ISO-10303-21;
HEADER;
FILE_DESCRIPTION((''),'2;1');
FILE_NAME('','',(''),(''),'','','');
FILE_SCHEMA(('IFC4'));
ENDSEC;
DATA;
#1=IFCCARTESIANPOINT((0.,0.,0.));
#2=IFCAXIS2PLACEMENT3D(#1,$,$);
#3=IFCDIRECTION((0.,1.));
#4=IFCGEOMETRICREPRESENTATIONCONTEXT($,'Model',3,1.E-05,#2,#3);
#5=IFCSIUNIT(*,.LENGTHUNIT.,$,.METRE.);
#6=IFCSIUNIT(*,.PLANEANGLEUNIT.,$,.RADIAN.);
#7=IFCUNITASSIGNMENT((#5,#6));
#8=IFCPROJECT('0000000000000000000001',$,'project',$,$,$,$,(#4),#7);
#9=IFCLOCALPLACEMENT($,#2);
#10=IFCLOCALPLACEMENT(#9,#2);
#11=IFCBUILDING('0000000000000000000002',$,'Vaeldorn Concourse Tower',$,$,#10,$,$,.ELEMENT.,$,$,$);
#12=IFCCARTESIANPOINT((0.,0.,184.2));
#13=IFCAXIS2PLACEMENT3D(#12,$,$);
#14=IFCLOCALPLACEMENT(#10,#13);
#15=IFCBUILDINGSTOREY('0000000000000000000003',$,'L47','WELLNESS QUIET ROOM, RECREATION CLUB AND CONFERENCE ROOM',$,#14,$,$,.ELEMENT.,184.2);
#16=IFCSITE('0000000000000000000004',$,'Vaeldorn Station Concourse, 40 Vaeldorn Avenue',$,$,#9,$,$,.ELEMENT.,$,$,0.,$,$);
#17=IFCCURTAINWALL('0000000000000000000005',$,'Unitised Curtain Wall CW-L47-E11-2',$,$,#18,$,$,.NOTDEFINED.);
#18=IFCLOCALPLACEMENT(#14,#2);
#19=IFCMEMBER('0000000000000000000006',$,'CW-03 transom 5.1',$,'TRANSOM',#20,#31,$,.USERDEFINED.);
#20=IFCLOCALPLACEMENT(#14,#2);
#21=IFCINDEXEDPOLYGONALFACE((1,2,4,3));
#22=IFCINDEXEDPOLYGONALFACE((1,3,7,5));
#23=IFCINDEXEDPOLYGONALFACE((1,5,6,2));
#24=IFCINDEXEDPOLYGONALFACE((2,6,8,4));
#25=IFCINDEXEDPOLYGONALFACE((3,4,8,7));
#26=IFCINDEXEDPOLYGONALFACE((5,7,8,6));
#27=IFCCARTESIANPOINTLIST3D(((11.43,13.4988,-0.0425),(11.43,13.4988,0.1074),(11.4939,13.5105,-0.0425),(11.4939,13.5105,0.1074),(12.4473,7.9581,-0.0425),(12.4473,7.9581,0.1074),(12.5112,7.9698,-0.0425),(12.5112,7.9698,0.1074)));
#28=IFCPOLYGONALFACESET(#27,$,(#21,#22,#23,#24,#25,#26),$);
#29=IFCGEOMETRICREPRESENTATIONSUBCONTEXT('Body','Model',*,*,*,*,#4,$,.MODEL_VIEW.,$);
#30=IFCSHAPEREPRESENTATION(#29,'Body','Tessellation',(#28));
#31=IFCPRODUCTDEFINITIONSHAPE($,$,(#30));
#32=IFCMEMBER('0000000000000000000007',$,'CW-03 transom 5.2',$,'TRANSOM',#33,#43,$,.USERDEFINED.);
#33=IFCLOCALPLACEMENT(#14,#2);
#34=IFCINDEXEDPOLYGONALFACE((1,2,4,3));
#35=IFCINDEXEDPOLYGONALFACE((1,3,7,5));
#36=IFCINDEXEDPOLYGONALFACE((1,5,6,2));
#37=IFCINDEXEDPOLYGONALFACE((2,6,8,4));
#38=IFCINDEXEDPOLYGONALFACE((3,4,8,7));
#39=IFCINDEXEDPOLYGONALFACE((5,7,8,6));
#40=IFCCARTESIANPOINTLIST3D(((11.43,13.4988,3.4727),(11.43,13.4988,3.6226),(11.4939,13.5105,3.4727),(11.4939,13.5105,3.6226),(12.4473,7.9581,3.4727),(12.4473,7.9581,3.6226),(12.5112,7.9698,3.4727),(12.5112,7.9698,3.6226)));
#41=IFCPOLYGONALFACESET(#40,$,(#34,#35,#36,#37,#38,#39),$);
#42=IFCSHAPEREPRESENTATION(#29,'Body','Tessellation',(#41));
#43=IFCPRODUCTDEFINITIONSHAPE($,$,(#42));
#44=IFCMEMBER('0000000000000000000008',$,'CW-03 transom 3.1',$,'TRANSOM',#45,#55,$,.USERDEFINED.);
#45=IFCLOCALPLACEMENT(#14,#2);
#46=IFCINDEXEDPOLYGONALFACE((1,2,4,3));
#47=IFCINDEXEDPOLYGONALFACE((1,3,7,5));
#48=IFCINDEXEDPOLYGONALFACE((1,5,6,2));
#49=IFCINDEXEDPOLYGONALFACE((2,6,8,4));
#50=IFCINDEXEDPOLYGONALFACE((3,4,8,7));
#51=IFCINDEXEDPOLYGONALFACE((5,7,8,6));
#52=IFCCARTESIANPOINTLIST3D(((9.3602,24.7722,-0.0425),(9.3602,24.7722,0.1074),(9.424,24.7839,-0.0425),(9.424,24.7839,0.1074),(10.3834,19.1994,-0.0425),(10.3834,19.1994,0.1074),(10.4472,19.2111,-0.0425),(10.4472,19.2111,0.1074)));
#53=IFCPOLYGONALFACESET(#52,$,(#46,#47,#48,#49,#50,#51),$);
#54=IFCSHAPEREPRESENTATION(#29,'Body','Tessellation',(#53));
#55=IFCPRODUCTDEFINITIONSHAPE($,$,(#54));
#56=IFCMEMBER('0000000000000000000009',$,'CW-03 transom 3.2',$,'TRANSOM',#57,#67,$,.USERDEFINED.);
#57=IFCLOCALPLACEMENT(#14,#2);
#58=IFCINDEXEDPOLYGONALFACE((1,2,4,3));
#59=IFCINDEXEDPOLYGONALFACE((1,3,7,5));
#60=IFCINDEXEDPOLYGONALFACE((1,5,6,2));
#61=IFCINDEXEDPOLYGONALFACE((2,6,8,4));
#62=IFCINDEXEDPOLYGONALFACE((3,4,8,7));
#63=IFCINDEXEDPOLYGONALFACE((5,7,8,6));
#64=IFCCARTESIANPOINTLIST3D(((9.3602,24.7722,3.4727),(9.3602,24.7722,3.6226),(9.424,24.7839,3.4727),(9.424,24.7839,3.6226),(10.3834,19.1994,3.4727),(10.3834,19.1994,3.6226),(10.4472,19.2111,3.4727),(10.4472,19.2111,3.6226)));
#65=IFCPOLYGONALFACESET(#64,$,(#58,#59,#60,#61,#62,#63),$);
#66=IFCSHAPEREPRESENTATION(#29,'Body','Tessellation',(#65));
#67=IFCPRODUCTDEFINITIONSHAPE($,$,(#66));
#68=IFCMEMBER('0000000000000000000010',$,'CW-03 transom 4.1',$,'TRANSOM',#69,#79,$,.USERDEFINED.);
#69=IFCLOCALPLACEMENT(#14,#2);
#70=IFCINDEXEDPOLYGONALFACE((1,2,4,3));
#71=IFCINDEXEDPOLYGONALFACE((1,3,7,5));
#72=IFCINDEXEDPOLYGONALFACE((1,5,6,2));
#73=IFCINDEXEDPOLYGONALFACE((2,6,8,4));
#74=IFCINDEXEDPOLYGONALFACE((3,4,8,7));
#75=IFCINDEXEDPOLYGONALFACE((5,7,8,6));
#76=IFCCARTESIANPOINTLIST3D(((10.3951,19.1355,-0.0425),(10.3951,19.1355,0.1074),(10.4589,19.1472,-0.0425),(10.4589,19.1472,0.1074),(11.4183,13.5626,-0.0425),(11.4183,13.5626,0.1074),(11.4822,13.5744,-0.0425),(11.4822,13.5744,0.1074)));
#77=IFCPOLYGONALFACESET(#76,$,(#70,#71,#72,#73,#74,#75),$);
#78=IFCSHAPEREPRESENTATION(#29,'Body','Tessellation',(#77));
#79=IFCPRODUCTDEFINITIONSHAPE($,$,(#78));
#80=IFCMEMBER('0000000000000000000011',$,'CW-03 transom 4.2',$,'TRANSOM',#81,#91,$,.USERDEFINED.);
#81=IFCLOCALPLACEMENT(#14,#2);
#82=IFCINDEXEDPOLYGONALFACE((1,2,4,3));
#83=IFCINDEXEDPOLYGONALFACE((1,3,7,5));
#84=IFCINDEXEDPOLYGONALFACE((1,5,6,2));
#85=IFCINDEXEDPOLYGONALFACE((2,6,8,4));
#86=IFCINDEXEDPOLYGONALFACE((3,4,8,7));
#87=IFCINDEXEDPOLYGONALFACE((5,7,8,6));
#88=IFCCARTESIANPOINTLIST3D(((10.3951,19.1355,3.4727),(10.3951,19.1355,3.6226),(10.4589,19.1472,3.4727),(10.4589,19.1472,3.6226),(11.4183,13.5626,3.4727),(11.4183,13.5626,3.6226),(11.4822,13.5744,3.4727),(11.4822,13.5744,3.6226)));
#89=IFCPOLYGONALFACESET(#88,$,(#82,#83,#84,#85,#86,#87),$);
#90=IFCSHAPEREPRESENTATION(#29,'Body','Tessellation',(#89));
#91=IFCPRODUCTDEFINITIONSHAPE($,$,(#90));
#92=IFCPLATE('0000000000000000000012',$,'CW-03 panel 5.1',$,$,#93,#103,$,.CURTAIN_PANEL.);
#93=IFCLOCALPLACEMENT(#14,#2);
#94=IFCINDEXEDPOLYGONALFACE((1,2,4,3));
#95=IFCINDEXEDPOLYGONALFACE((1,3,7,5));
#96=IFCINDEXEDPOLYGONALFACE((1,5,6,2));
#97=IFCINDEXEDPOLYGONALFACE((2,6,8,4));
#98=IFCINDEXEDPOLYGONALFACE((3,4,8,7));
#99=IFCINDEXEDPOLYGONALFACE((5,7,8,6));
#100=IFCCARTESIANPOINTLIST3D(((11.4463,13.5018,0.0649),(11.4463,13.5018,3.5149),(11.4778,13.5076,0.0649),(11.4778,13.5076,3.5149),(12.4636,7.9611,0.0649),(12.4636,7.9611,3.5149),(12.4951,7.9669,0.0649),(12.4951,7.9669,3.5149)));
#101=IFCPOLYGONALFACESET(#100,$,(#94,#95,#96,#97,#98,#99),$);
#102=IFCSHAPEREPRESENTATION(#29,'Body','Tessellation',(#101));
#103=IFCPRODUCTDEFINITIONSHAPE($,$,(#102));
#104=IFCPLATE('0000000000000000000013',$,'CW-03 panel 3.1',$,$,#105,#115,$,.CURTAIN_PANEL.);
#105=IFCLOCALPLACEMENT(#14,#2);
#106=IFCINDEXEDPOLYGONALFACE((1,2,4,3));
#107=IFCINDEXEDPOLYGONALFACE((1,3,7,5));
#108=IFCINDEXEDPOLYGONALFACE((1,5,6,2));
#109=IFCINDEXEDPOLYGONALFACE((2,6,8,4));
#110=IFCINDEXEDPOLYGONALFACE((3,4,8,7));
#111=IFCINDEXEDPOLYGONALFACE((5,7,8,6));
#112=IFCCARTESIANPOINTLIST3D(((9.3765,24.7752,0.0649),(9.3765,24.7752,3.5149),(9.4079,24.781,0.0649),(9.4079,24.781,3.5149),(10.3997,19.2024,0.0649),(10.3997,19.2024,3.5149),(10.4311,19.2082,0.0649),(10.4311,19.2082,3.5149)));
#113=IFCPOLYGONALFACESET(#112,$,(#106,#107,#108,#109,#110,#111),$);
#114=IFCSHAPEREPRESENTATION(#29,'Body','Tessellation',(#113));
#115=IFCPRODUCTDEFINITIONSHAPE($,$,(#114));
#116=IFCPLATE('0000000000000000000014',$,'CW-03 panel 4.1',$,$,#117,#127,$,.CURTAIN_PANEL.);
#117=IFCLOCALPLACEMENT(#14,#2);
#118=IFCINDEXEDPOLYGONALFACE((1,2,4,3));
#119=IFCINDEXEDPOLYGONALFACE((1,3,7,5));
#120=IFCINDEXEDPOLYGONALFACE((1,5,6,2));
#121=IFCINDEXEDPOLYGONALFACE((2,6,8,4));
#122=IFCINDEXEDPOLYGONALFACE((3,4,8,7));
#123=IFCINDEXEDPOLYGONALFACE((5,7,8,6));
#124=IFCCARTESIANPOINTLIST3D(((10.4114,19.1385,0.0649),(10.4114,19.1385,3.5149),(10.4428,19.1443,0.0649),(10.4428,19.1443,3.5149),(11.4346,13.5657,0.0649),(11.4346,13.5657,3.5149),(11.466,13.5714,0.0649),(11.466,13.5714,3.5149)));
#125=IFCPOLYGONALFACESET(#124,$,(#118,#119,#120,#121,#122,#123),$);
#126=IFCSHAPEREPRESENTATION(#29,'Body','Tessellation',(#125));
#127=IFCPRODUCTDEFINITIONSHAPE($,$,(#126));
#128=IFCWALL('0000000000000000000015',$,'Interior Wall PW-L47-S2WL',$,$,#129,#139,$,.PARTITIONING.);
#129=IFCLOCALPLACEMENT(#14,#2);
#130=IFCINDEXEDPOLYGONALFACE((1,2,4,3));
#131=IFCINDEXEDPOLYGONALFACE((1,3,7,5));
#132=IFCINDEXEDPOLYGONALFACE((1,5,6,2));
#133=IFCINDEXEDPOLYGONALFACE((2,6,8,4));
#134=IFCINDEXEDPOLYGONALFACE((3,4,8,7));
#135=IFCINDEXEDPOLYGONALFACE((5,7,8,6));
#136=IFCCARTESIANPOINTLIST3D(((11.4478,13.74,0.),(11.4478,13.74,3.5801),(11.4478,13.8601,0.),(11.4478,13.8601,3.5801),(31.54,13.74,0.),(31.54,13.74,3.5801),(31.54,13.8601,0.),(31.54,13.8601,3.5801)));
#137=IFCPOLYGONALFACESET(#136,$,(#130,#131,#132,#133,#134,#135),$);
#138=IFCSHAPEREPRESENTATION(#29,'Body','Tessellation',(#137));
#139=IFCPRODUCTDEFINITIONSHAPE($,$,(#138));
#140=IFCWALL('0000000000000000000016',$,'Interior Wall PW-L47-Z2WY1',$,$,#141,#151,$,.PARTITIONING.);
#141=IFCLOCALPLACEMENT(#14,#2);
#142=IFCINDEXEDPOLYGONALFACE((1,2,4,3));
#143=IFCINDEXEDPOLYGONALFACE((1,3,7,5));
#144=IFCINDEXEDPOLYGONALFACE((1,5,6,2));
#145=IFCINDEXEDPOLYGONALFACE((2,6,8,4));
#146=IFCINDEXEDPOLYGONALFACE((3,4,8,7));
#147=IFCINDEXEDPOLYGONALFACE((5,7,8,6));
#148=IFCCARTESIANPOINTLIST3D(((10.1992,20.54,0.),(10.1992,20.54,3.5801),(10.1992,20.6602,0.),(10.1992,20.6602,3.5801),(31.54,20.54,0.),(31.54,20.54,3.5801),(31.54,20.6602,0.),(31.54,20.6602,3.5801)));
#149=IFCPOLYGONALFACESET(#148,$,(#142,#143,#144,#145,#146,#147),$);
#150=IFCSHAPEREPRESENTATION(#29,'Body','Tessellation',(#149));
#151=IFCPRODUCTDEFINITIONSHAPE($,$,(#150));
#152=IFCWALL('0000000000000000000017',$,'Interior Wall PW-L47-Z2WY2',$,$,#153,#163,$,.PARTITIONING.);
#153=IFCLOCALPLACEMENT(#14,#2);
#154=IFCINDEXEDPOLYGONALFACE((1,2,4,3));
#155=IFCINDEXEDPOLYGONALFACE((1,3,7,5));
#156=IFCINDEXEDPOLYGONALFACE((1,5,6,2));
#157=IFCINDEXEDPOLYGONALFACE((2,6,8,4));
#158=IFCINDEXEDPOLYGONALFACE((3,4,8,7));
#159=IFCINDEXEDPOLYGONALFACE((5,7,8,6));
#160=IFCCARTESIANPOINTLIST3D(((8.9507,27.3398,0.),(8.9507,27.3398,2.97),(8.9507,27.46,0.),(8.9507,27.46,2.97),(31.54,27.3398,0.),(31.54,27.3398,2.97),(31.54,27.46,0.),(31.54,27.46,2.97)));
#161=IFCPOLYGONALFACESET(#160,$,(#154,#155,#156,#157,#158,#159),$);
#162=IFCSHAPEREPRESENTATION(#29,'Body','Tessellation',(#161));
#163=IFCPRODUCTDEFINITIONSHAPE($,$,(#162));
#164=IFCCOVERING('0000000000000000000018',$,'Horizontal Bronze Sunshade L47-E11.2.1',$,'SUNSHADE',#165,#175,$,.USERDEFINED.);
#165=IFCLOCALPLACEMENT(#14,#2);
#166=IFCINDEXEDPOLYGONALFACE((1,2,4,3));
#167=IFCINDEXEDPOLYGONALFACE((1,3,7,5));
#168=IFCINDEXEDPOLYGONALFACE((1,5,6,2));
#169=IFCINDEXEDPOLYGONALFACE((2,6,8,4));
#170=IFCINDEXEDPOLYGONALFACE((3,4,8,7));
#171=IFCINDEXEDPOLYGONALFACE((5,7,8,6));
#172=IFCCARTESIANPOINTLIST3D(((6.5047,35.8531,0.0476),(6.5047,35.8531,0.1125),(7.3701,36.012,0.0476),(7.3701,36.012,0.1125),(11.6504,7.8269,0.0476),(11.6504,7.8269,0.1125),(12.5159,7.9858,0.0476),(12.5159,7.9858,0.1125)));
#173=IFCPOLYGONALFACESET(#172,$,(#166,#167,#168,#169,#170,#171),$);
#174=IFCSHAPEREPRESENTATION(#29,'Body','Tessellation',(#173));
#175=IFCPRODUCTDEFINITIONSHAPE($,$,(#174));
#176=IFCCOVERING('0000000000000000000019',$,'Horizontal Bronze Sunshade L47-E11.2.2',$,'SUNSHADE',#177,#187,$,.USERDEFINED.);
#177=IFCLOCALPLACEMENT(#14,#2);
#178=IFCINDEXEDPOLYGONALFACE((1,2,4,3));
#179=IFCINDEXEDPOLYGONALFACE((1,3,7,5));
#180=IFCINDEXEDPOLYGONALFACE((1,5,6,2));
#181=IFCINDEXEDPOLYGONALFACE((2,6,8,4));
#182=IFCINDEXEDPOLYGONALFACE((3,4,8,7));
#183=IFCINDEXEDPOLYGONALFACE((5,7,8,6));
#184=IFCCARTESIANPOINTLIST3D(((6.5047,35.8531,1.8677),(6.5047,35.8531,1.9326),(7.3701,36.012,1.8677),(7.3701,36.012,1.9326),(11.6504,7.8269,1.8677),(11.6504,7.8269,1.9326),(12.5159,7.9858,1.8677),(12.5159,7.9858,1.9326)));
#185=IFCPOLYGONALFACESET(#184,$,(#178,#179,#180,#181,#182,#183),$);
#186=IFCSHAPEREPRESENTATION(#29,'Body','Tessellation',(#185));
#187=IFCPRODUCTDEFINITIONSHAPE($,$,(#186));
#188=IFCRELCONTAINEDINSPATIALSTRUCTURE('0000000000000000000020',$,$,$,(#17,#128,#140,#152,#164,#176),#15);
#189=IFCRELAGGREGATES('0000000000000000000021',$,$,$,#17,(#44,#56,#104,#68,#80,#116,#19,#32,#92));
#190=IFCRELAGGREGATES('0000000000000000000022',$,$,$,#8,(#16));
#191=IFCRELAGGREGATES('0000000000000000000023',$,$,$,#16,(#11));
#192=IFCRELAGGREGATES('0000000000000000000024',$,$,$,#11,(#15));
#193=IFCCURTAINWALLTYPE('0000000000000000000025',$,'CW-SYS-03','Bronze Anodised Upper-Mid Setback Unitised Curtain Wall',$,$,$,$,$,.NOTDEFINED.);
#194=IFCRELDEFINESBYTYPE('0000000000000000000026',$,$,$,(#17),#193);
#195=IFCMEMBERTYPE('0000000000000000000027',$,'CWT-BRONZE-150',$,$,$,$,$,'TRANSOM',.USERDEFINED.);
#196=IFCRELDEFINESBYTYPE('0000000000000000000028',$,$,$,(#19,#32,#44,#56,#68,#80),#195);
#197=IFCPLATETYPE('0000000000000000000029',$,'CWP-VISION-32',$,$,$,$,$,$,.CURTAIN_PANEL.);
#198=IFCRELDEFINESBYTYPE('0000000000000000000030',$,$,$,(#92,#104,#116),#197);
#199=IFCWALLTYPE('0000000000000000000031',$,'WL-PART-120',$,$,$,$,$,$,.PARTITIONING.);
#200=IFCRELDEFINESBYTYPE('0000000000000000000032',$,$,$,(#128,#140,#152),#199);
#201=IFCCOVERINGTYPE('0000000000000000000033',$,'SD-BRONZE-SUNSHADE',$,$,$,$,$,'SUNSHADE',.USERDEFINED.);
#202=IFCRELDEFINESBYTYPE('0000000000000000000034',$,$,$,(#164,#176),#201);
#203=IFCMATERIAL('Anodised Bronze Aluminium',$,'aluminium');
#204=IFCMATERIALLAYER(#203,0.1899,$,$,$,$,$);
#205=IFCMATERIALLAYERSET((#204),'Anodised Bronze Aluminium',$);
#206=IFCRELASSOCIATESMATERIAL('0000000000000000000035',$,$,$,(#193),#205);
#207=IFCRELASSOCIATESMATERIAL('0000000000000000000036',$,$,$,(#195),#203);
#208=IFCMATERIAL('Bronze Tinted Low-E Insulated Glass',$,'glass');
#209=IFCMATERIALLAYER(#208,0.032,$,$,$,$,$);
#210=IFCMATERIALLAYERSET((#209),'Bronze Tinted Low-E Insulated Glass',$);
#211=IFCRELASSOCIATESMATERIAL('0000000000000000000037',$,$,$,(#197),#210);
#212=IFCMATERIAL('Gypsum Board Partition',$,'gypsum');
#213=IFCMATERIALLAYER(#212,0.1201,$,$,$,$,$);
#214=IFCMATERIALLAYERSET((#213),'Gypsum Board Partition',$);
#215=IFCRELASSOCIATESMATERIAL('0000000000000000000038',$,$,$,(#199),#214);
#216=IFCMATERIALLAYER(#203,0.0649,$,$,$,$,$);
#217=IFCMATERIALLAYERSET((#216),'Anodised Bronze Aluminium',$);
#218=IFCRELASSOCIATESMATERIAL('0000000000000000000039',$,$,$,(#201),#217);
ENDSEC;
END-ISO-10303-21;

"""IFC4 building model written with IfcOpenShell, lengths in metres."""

from ifc_helpers import new_model, si_unit, direction, frame, frame_2d, origin, origin_2d, place, context, subcontext, project, spatial, rectangle, extrude, source, transform, mapped, material, layer, layer_set, material_profile, profile_set, type_object, element, aggregate, save


model = new_model("IFC4")

# Units and contexts
model_context = context("Model", 3, precision=1e-05, world=origin(), true_north=direction((0.0, 1.0)))
body_context = subcontext(model_context, "Body", "Model", "MODEL_VIEW")
ifc_project = project(units=[si_unit("LENGTHUNIT", "METRE"), si_unit("PLANEANGLEUNIT", "RADIAN")], contexts=[model_context])

# Site, building, storey
site_placement = place(None, origin())
site = spatial("IfcSite", under=ifc_project, at=site_placement, Name="Vaeldorn Station Concourse, 40 Vaeldorn Avenue", CompositionType="ELEMENT", RefElevation=0.0)
building_placement = place(site_placement, origin())
building = spatial("IfcBuilding", under=site, at=building_placement, Name="Vaeldorn Concourse Tower", CompositionType="ELEMENT")
storey_placement = place(building_placement, frame((0.0, 0.0, 184.2)))
storey = spatial("IfcBuildingStorey", under=building, at=storey_placement, Name="L47", Description="WELLNESS QUIET ROOM, RECREATION CLUB AND CONFERENCE ROOM", CompositionType="ELEMENT", Elevation=184.2)

# Curtain wall, members, plates
ifc_material_1 = material(Name="Anodised Bronze Aluminium", Category="aluminium")
ifc_layer_1 = layer(ifc_material_1, 0.1899)
ifc_layer_set_1 = layer_set([ifc_layer_1], Name="Anodised Bronze Aluminium")
curtain_wall_type = type_object("IfcCurtainWallType", Name="CW-SYS-03", Description="Bronze Anodised Upper-Mid Setback Unitised Curtain Wall", PredefinedType="NOTDEFINED", material=ifc_layer_set_1)
curtain_wall_placement = place(storey_placement, origin())
curtain_wall = element("IfcCurtainWall", 1, at=curtain_wall_placement, inside=storey, type_object=curtain_wall_type, Name="Unitised Curtain Wall CW-L47-E11-2", PredefinedType="NOTDEFINED")
ifc_material_profile_1 = material_profile(ifc_material_1, rectangle(XDim=0.0649, YDim=0.1499, at=origin_2d()), Name="CWT 65x150")
ifc_profile_set_1 = profile_set([ifc_material_profile_1], Name="Anodised Bronze Aluminium")
member_type_1 = type_object("IfcMemberType", Name="CWT-BRONZE-150", ElementType="TRANSOM", PredefinedType="USERDEFINED", material=ifc_profile_set_1)
shared_shape_1 = source(origin(), body_context, "Body", "SweptSolid", [
    extrude(rectangle(XDim=0.0649, YDim=0.1499, at=origin_2d()), origin(), (0.0, 0.0, 1.0), 5.6333),
])
member_1_placement = place(storey_placement, frame((11.4619, 13.5046, 0.0325), z_axis=(0.18059, -0.983558, 0.0), x_axis=(0.983558, 0.18059, 0.0)))
member_1 = element("IfcMember", 2, at=member_1_placement, type_object=member_type_1, Name="CW-03 transom 5.1", ObjectType="TRANSOM", PredefinedType="USERDEFINED", context=body_context, shape_type="MappedRepresentation", body=[
    mapped(shared_shape_1, transform((0.0, 0.0, 0.0), scale=1.0)),
])
member_2_placement = place(storey_placement, frame((11.4619, 13.5046, 3.5476), z_axis=(0.18059, -0.983558, 0.0), x_axis=(0.983558, 0.18059, 0.0)))
member_2 = element("IfcMember", 3, at=member_2_placement, type_object=member_type_1, Name="CW-03 transom 5.2", ObjectType="TRANSOM", PredefinedType="USERDEFINED", context=body_context, shape_type="MappedRepresentation", body=[
    mapped(shared_shape_1, transform((0.0, 0.0, 0.0), scale=1.0)),
])
shared_shape_2 = source(origin(), body_context, "Body", "SweptSolid", [
    extrude(rectangle(XDim=0.0649, YDim=0.1499, at=origin_2d()), origin(), (0.0, 0.0, 1.0), 5.666),
])
member_3_placement = place(storey_placement, frame((9.3921, 24.7781, 0.0325), z_axis=(0.180588, -0.983559, 0.0), x_axis=(0.983559, 0.180588, 0.0)))
member_3 = element("IfcMember", 4, at=member_3_placement, type_object=member_type_1, Name="CW-03 transom 3.1", ObjectType="TRANSOM", PredefinedType="USERDEFINED", context=body_context, shape_type="MappedRepresentation", body=[
    mapped(shared_shape_2, transform((0.0, 0.0, 0.0), scale=1.0)),
])
member_4_placement = place(storey_placement, frame((9.3921, 24.7781, 3.5476), z_axis=(0.180588, -0.983559, 0.0), x_axis=(0.983559, 0.180588, 0.0)))
member_4 = element("IfcMember", 5, at=member_4_placement, type_object=member_type_1, Name="CW-03 transom 3.2", ObjectType="TRANSOM", PredefinedType="USERDEFINED", context=body_context, shape_type="MappedRepresentation", body=[
    mapped(shared_shape_2, transform((0.0, 0.0, 0.0), scale=1.0)),
])
member_5_placement = place(storey_placement, frame((10.427, 19.1414, 0.0325), z_axis=(0.180588, -0.983559, 0.0), x_axis=(0.983559, 0.180588, 0.0)))
member_5 = element("IfcMember", 6, at=member_5_placement, type_object=member_type_1, Name="CW-03 transom 4.1", ObjectType="TRANSOM", PredefinedType="USERDEFINED", context=body_context, shape_type="MappedRepresentation", body=[
    mapped(shared_shape_2, transform((0.0, 0.0, 0.0), scale=1.0)),
])
member_6_placement = place(storey_placement, frame((10.427, 19.1414, 3.5476), z_axis=(0.180588, -0.983559, 0.0), x_axis=(0.983559, 0.180588, 0.0)))
member_6 = element("IfcMember", 7, at=member_6_placement, type_object=member_type_1, Name="CW-03 transom 4.2", ObjectType="TRANSOM", PredefinedType="USERDEFINED", context=body_context, shape_type="MappedRepresentation", body=[
    mapped(shared_shape_2, transform((0.0, 0.0, 0.0), scale=1.0)),
])
ifc_material_2 = material(Name="Bronze Tinted Low-E Insulated Glass", Category="glass")
ifc_layer_2 = layer(ifc_material_2, 0.032)
ifc_layer_set_2 = layer_set([ifc_layer_2], Name="Bronze Tinted Low-E Insulated Glass")
plate_type = type_object("IfcPlateType", Name="CWP-VISION-32", PredefinedType="CURTAIN_PANEL", material=ifc_layer_set_2)
shared_shape_3 = source(origin(), body_context, "Body", "SweptSolid", [
    extrude(rectangle(XDim=5.6333, YDim=0.032, at=origin_2d()), origin(), (0.0, 0.0, 1.0), 3.45),
])
plate_1_placement = place(storey_placement, frame((11.9707, 10.7344, 0.0649), z_axis=(0.0, 0.0, 1.0), x_axis=(0.180585, -0.983559, 0.0)))
plate_1 = element("IfcPlate", 8, at=plate_1_placement, type_object=plate_type, Name="CW-03 panel 5.1", PredefinedType="CURTAIN_PANEL", context=body_context, shape_type="MappedRepresentation", body=[
    mapped(shared_shape_3, transform((0.0, 0.0, 0.0), scale=1.0)),
])
shared_shape_4 = source(origin(), body_context, "Body", "SweptSolid", [
    extrude(rectangle(XDim=5.666, YDim=0.032, at=origin_2d()), origin(), (0.0, 0.0, 1.0), 3.45),
])
plate_2_placement = place(storey_placement, frame((9.9038, 21.9917, 0.0649), z_axis=(0.0, 0.0, 1.0), x_axis=(0.180585, -0.983559, 0.0)))
plate_2 = element("IfcPlate", 9, at=plate_2_placement, type_object=plate_type, Name="CW-03 panel 3.1", PredefinedType="CURTAIN_PANEL", context=body_context, shape_type="MappedRepresentation", body=[
    mapped(shared_shape_4, transform((0.0, 0.0, 0.0), scale=1.0)),
])
plate_3_placement = place(storey_placement, frame((10.9387, 16.355, 0.0649), z_axis=(0.0, 0.0, 1.0), x_axis=(0.180585, -0.983559, 0.0)))
plate_3 = element("IfcPlate", 10, at=plate_3_placement, type_object=plate_type, Name="CW-03 panel 4.1", PredefinedType="CURTAIN_PANEL", context=body_context, shape_type="MappedRepresentation", body=[
    mapped(shared_shape_4, transform((0.0, 0.0, 0.0), scale=1.0)),
])
aggregate(curtain_wall, [member_3, member_4, plate_2, member_5, member_6, plate_3, member_1, member_2, plate_1])

# Walls
ifc_material_3 = material(Name="Gypsum Board Partition", Category="gypsum")
ifc_layer_3 = layer(ifc_material_3, 0.1201)
ifc_layer_set_3 = layer_set([ifc_layer_3], Name="Gypsum Board Partition")
wall_type = type_object("IfcWallType", Name="WL-PART-120", PredefinedType="PARTITIONING", material=ifc_layer_set_3)
wall_1_placement = place(storey_placement, frame((11.4478, 13.8, 0.0), z_axis=(0.0, 0.0, 1.0), x_axis=(1.0, 0.0, 0.0)))
element("IfcWall", 11, at=wall_1_placement, inside=storey, type_object=wall_type, Name="Interior Wall PW-L47-S2WL", PredefinedType="PARTITIONING", context=body_context, shape_type="SweptSolid", body=[
    extrude(rectangle(XDim=20.0923, YDim=0.1201, at=frame_2d((10.0461, 0.0))), origin(), (0.0, 0.0, 1.0), 3.5801),
])
wall_2_placement = place(storey_placement, frame((10.1992, 20.6001, 0.0), z_axis=(0.0, 0.0, 1.0), x_axis=(1.0, 0.0, 0.0)))
element("IfcWall", 12, at=wall_2_placement, inside=storey, type_object=wall_type, Name="Interior Wall PW-L47-Z2WY1", PredefinedType="PARTITIONING", context=body_context, shape_type="SweptSolid", body=[
    extrude(rectangle(XDim=21.3408, YDim=0.1201, at=frame_2d((10.6704, 0.0))), origin(), (0.0, 0.0, 1.0), 3.5801),
])
wall_3_placement = place(storey_placement, frame((8.9507, 27.3999, 0.0), z_axis=(0.0, 0.0, 1.0), x_axis=(1.0, 0.0, 0.0)))
element("IfcWall", 13, at=wall_3_placement, inside=storey, type_object=wall_type, Name="Interior Wall PW-L47-Z2WY2", PredefinedType="PARTITIONING", context=body_context, shape_type="SweptSolid", body=[
    extrude(rectangle(XDim=22.5894, YDim=0.1201, at=frame_2d((11.2947, 0.0))), origin(), (0.0, 0.0, 1.0), 2.97),
])

# Coverings
ifc_layer_4 = layer(ifc_material_1, 0.0649)
ifc_layer_set_4 = layer_set([ifc_layer_4], Name="Anodised Bronze Aluminium")
covering_type = type_object("IfcCoveringType", Name="SD-BRONZE-SUNSHADE", ElementType="SUNSHADE", PredefinedType="USERDEFINED", material=ifc_layer_set_4)
shared_shape_5 = source(origin(), body_context, "Body", "SweptSolid", [
    extrude(rectangle(XDim=28.4946, YDim=0.8799, at=origin_2d()), origin(), (0.0, 0.0, 1.0), 0.0649),
])
for number, where, z_axis, x_axis, name in (
    (14, (9.5103, 21.9194, 0.0476), (0.0, 0.0, 1.0), (0.180588, -0.983559, 0.0), "Horizontal Bronze Sunshade L47-E11.2.1"),
    (15, (9.5103, 21.9194, 1.8677), (0.0, 0.0, 1.0), (0.180588, -0.983559, 0.0), "Horizontal Bronze Sunshade L47-E11.2.2"),
):
    element("IfcCovering", number, at=place(storey_placement, frame(where, z_axis=z_axis, x_axis=x_axis)), inside=storey, type_object=covering_type, Name=name, ObjectType="SUNSHADE", PredefinedType="USERDEFINED", context=body_context, shape_type="MappedRepresentation", body=[
        mapped(shared_shape_5, transform((0.0, 0.0, 0.0), scale=1.0)),
    ])

save(model, "model.ifc")
